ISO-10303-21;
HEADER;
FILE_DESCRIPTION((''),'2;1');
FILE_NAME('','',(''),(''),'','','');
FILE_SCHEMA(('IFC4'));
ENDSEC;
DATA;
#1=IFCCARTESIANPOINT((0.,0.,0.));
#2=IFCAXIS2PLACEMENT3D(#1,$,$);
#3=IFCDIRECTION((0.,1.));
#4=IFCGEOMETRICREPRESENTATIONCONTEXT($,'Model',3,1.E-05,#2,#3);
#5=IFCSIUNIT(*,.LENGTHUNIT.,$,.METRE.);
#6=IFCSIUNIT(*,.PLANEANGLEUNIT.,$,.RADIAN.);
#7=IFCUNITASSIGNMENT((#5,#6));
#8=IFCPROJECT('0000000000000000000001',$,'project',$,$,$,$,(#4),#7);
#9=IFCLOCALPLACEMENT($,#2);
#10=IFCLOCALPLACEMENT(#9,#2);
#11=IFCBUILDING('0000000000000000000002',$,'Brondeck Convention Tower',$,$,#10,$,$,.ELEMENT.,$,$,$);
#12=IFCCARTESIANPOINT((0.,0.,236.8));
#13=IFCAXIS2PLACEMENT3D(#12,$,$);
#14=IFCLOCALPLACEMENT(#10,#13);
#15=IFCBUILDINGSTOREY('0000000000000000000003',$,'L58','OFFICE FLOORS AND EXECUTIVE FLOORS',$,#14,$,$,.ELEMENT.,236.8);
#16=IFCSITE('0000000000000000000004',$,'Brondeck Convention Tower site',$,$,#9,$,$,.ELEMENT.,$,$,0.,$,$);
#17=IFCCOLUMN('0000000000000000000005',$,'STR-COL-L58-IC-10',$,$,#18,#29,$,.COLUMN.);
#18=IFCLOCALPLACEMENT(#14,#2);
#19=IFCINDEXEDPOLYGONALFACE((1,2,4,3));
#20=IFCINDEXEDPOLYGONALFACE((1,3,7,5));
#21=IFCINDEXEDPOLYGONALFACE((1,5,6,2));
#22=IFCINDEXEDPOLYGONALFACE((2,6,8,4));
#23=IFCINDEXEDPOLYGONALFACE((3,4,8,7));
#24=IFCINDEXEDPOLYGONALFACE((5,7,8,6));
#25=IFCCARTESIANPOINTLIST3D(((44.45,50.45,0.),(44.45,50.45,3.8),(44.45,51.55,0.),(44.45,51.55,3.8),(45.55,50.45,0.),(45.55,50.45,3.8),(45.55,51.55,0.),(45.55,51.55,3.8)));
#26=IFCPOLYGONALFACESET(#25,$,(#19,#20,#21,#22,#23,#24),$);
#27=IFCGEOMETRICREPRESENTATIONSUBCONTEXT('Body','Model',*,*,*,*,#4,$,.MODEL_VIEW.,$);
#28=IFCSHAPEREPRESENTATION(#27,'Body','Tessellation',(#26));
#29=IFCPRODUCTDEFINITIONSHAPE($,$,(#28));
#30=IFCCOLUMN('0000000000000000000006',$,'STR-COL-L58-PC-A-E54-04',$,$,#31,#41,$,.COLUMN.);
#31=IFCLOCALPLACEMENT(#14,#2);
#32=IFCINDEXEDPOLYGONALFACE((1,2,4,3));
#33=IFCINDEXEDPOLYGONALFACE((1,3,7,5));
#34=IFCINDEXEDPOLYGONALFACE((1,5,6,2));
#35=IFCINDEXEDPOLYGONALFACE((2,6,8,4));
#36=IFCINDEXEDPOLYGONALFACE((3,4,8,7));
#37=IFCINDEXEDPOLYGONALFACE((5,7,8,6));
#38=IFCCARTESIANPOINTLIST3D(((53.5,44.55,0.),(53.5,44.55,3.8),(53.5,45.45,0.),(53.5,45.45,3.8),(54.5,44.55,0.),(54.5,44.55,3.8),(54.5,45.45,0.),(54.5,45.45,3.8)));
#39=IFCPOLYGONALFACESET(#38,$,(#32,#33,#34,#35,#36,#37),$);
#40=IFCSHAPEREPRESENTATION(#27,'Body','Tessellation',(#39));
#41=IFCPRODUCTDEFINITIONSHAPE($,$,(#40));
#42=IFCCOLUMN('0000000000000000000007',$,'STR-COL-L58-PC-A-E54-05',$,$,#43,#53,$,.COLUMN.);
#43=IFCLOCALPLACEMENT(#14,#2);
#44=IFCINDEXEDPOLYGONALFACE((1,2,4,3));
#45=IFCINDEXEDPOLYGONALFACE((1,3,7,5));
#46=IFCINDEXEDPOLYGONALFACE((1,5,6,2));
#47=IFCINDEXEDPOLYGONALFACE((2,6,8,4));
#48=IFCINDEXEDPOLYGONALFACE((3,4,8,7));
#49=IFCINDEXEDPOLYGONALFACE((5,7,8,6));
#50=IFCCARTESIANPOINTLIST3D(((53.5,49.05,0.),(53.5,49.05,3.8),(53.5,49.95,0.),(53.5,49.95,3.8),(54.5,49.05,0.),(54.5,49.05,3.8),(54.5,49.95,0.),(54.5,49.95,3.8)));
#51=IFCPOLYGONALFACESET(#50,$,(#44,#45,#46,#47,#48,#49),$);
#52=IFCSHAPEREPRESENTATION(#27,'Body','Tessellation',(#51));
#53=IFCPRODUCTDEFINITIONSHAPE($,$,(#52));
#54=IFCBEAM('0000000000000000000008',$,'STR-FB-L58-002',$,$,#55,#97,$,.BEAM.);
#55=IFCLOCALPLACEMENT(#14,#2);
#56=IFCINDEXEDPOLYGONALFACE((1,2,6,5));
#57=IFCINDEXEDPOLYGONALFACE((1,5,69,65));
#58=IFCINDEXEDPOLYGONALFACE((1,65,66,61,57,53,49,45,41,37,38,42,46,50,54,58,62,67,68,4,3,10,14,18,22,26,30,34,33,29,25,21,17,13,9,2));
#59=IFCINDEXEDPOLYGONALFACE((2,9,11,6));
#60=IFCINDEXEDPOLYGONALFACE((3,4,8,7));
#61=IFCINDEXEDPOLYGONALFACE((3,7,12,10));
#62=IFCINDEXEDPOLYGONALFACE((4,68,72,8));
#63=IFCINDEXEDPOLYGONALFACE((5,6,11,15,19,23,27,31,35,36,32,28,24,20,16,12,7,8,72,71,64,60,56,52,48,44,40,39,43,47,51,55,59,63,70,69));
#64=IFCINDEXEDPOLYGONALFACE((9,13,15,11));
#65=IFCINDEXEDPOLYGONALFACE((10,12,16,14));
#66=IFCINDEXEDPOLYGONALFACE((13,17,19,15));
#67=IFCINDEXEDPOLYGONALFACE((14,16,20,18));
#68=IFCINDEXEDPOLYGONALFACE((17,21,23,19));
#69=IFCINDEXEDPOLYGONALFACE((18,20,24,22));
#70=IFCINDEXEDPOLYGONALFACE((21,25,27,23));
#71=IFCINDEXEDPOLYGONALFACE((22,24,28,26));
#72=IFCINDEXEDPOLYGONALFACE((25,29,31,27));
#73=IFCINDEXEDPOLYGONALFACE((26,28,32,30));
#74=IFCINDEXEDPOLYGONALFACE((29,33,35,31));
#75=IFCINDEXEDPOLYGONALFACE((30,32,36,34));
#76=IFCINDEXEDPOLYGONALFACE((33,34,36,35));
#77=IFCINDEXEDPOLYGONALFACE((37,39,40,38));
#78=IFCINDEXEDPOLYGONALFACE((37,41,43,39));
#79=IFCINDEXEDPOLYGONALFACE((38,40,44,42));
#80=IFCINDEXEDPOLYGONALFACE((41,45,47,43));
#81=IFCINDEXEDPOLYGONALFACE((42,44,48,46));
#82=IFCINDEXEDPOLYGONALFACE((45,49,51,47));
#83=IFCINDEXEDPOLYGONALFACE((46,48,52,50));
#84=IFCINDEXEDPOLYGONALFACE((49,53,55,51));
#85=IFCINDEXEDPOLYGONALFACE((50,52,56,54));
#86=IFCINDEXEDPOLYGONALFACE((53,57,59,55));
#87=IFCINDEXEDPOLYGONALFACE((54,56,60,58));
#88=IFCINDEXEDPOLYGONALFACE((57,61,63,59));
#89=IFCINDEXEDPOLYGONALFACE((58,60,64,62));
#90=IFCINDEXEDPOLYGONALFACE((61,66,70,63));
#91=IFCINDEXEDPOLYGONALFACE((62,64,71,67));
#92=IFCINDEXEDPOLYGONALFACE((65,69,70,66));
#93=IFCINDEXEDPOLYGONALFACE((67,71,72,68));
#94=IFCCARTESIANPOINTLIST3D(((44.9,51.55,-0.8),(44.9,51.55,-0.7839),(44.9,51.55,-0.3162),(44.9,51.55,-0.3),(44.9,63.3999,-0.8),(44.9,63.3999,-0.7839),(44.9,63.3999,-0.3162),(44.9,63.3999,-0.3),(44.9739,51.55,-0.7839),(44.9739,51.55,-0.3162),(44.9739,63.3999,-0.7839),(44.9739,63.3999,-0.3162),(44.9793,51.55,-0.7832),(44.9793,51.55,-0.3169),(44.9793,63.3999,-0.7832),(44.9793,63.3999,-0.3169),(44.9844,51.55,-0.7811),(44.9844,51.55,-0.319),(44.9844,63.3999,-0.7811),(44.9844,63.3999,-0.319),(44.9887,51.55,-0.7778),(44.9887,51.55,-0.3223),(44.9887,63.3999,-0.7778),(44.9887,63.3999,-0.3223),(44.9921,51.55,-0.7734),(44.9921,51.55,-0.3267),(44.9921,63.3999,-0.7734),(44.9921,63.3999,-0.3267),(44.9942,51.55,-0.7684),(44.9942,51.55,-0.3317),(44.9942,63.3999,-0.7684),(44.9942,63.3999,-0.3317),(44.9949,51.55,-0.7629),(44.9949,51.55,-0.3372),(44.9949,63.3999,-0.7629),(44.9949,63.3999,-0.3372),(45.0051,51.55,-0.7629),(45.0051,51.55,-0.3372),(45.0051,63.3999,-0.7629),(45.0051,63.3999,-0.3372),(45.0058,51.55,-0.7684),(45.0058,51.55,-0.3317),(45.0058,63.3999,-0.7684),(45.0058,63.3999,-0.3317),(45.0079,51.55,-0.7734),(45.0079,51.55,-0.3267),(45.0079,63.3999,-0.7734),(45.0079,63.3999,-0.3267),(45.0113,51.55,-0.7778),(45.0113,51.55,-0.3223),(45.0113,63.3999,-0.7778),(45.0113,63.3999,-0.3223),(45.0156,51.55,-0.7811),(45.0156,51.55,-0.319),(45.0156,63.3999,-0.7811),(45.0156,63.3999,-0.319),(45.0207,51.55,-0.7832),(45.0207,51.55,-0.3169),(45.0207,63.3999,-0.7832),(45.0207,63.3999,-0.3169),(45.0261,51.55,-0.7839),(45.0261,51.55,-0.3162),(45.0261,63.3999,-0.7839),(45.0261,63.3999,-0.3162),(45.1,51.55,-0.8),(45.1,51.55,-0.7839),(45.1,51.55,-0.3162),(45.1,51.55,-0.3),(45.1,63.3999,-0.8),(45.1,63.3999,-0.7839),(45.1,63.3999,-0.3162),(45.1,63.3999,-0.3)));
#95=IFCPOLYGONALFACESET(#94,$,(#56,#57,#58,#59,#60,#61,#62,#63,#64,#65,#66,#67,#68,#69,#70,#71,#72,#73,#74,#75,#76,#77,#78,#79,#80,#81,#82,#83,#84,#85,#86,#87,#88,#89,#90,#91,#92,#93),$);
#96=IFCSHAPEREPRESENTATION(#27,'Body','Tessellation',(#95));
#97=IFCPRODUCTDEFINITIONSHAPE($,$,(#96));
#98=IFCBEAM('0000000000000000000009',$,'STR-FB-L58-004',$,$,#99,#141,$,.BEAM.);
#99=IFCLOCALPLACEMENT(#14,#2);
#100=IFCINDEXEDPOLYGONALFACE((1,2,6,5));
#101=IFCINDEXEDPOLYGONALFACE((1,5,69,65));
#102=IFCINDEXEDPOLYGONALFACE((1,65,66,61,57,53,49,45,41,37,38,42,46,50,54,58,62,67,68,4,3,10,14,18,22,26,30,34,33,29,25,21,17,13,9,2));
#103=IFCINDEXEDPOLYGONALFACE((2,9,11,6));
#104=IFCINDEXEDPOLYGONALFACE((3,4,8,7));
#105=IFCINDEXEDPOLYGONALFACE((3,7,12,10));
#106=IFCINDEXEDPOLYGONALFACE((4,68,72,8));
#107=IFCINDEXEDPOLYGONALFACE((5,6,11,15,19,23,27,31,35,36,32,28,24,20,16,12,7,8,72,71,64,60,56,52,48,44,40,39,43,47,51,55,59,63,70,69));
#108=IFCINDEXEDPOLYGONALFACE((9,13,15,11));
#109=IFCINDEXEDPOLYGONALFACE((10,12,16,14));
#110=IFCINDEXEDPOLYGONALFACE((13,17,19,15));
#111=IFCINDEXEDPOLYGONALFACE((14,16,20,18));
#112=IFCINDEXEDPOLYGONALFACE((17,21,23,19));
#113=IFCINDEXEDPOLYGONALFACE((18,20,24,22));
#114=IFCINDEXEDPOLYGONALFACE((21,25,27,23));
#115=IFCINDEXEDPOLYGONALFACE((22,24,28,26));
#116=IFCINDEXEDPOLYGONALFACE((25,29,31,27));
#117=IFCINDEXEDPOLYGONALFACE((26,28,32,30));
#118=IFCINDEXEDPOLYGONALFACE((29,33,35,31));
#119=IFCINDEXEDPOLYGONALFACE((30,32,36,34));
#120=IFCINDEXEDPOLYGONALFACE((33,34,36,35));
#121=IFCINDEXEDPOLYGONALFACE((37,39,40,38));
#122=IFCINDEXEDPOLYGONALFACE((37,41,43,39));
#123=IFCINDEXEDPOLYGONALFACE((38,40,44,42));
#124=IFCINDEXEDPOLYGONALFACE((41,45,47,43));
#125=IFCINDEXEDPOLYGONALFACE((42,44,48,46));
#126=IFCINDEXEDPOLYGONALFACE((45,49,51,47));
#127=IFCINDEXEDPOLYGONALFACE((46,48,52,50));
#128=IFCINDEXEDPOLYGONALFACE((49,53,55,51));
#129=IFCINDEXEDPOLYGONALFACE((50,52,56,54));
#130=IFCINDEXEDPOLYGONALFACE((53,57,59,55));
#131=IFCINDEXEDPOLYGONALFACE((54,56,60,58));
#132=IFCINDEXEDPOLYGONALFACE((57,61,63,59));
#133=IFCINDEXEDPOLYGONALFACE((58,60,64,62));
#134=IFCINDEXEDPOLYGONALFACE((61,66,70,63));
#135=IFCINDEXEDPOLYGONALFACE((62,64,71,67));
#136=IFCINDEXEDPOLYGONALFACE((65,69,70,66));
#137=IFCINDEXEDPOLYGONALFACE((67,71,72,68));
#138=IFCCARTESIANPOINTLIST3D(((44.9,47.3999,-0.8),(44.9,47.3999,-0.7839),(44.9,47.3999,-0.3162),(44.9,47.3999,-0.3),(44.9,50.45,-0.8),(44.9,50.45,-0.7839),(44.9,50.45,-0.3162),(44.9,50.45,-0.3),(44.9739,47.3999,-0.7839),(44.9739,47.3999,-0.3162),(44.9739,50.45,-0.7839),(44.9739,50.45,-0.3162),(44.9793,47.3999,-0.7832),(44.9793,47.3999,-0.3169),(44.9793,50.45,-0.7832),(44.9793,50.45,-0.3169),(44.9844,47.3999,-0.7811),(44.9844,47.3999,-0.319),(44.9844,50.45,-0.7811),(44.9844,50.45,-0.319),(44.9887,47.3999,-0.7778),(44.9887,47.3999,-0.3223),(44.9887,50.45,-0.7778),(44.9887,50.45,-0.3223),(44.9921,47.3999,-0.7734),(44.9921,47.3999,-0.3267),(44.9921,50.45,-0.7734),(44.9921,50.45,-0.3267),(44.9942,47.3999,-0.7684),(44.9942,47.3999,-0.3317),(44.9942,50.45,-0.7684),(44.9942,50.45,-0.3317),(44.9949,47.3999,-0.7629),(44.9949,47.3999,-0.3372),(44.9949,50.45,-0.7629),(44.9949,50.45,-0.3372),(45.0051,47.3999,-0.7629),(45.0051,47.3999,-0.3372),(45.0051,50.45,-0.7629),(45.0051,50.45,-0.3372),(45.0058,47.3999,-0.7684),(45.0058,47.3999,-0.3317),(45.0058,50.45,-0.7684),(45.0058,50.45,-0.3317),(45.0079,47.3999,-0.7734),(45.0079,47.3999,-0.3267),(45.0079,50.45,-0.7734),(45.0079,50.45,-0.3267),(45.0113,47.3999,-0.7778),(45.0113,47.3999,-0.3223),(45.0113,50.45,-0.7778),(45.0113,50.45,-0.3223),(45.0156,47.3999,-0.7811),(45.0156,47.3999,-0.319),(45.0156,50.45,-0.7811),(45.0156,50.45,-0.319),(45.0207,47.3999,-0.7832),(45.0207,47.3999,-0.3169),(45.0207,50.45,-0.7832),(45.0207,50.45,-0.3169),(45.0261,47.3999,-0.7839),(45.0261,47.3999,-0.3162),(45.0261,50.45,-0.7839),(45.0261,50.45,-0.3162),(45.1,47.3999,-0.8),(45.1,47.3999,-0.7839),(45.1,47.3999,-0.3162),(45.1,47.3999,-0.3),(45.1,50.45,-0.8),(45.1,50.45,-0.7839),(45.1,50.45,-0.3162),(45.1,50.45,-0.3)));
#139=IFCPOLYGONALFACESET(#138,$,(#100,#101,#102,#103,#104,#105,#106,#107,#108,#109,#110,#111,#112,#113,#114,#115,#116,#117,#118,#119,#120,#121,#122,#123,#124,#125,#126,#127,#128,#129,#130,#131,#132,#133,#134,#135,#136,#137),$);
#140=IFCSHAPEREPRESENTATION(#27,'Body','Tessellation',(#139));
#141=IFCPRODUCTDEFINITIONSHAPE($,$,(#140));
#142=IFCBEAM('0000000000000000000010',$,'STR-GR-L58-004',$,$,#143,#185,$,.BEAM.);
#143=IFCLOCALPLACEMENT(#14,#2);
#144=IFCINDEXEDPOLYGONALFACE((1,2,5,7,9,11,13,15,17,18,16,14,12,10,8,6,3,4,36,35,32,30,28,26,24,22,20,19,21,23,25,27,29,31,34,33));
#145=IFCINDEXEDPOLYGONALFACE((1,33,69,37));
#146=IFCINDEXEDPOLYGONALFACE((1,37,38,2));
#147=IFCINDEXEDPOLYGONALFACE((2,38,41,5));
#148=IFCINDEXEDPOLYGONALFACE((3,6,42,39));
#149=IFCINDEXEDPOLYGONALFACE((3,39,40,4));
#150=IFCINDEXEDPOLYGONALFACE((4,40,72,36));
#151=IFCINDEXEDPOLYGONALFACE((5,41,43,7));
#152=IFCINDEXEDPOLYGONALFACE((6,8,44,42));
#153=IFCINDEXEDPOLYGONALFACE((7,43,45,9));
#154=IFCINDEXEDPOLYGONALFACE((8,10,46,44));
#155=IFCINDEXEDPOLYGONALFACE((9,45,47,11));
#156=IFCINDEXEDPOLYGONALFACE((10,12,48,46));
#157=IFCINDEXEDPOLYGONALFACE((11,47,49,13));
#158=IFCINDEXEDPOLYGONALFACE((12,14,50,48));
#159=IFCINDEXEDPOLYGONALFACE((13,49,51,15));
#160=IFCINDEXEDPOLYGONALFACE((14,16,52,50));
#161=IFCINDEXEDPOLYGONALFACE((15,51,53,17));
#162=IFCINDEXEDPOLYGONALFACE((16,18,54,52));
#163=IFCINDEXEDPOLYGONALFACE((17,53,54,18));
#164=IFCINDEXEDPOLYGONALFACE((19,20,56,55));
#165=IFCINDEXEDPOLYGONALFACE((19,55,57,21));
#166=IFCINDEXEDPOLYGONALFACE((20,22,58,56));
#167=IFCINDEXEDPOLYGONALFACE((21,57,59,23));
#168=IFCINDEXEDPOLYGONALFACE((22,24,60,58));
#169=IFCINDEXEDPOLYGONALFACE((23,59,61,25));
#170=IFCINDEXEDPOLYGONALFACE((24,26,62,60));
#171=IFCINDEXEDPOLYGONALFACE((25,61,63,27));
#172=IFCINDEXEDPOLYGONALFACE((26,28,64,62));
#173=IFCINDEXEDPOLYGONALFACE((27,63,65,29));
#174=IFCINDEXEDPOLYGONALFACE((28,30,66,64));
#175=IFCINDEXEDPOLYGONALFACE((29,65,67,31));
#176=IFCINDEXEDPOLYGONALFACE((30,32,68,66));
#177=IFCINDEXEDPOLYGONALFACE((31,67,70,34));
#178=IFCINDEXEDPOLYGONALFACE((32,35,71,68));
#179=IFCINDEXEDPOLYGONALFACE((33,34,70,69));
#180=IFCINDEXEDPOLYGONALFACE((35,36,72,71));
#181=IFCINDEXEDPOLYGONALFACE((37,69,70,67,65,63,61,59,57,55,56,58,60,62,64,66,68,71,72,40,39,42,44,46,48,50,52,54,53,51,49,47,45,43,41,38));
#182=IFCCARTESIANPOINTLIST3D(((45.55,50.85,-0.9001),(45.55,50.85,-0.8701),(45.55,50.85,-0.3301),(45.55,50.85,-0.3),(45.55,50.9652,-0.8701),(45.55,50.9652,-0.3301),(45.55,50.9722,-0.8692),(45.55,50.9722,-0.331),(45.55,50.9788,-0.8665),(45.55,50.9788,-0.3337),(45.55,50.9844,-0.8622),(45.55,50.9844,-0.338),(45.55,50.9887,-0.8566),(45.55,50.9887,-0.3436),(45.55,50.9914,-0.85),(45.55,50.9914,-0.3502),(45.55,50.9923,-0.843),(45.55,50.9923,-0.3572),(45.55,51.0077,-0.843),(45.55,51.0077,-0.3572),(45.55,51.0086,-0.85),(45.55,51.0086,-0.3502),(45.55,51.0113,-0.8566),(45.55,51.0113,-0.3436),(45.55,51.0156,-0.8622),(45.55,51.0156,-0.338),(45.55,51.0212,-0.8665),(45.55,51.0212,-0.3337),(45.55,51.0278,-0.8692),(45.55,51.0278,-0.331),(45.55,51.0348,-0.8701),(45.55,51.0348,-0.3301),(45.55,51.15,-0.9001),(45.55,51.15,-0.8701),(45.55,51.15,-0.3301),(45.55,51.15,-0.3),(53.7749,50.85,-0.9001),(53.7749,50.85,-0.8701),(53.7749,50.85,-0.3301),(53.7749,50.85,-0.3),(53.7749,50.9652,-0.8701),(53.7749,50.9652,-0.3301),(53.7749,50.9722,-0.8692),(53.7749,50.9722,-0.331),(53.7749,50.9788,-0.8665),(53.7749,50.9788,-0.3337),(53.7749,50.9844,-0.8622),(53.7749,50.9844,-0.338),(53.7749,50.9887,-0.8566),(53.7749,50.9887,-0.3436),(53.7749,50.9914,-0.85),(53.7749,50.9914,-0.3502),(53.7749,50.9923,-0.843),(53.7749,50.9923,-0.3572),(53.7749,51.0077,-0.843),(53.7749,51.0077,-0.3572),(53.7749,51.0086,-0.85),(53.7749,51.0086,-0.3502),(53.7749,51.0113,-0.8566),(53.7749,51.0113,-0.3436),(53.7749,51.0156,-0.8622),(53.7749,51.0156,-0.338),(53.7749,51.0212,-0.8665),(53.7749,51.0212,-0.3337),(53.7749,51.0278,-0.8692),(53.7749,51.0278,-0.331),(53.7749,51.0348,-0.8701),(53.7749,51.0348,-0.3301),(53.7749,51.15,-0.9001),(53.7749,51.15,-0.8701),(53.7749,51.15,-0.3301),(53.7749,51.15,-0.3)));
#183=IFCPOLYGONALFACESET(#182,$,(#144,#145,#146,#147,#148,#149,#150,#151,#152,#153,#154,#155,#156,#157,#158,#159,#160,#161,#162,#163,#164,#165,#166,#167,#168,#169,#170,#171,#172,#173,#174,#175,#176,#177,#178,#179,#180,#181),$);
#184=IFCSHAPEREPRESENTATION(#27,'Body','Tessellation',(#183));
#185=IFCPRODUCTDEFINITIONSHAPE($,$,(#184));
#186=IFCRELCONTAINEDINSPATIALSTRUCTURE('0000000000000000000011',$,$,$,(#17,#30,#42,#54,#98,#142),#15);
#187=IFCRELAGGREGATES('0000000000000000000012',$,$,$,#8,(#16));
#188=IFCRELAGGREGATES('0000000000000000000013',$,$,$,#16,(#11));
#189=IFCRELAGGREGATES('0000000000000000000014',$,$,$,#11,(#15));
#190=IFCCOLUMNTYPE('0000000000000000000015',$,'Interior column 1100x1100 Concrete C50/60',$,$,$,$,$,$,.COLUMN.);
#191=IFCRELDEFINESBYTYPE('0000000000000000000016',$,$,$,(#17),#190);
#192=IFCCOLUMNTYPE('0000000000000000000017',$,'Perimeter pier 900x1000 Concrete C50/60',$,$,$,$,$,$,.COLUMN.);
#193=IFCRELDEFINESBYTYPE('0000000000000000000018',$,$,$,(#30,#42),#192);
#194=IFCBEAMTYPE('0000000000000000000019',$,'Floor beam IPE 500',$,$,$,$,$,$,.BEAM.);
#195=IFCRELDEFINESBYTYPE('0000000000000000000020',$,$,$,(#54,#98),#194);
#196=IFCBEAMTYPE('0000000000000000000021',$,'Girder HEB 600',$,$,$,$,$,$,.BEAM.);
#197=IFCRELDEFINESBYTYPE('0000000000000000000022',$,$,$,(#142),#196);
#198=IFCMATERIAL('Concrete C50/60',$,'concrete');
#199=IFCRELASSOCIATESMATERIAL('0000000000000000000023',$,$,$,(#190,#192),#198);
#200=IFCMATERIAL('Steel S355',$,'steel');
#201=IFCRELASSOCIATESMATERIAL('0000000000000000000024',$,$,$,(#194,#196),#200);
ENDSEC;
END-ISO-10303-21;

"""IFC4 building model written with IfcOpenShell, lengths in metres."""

from ifc_helpers import new_model, si_unit, direction, frame, origin, origin_2d, place, context, subcontext, project, spatial, rectangle, i_section, extrude, material, material_profile, profile_set, type_object, element, save


model = new_model("IFC4")

# Units and contexts
model_context = context("Model", 3, precision=1e-05, world=origin(), true_north=direction((0.0, 1.0)))
body_context = subcontext(model_context, "Body", "Model", "MODEL_VIEW")
ifc_project = project(units=[si_unit("LENGTHUNIT", "METRE"), si_unit("PLANEANGLEUNIT", "RADIAN")], contexts=[model_context])

# Site, building, storey
site_placement = place(None, origin())
site = spatial("IfcSite", under=ifc_project, at=site_placement, Name="Brondeck Convention Tower site", CompositionType="ELEMENT", RefElevation=0.0)
building_placement = place(site_placement, origin())
building = spatial("IfcBuilding", under=site, at=building_placement, Name="Brondeck Convention Tower", CompositionType="ELEMENT")
storey_placement = place(building_placement, frame((0.0, 0.0, 236.8)))
storey = spatial("IfcBuildingStorey", under=building, at=storey_placement, Name="L58", Description="OFFICE FLOORS AND EXECUTIVE FLOORS", CompositionType="ELEMENT", Elevation=236.8)

# Columns
ifc_material_1 = material(Name="Concrete C50/60", Category="concrete")
ifc_material_profile_1 = material_profile(ifc_material_1, rectangle(XDim=1.1001, YDim=1.1001, at=origin_2d()), Name="Interior column 1100x1100 Concrete C50/60")
ifc_profile_set_1 = profile_set([ifc_material_profile_1], Name="Concrete C50/60")
column_type_1 = type_object("IfcColumnType", Name="Interior column 1100x1100 Concrete C50/60", PredefinedType="COLUMN", material=ifc_profile_set_1)
column_placement = place(storey_placement, frame((45.0, 51.0, 0.0), z_axis=(0.0, 0.0, 1.0), x_axis=(1.0, 0.0, 0.0)))
element("IfcColumn", 1, at=column_placement, inside=storey, type_object=column_type_1, Name="STR-COL-L58-IC-10", PredefinedType="COLUMN", context=body_context, shape_type="SweptSolid", body=[
    extrude(rectangle(XDim=1.1001, YDim=1.1001, at=origin_2d()), origin(), (0.0, 0.0, 1.0), 3.8),
])
ifc_material_profile_2 = material_profile(ifc_material_1, rectangle(XDim=0.8999, YDim=1.0, at=origin_2d()), Name="Perimeter pier 900x1000 Concrete C50/60")
ifc_profile_set_2 = profile_set([ifc_material_profile_2], Name="Concrete C50/60")
column_type_2 = type_object("IfcColumnType", Name="Perimeter pier 900x1000 Concrete C50/60", PredefinedType="COLUMN", material=ifc_profile_set_2)
for number, where, z_axis, x_axis, name in (
    (2, (54.0, 45.0, 0.0), (0.0, 0.0, 1.0), (0.0, 1.0, 0.0), "STR-COL-L58-PC-A-E54-04"),
    (3, (54.0, 49.5, 0.0), (0.0, 0.0, 1.0), (0.0, 1.0, 0.0), "STR-COL-L58-PC-A-E54-05"),
):
    element("IfcColumn", number, at=place(storey_placement, frame(where, z_axis=z_axis, x_axis=x_axis)), inside=storey, type_object=column_type_2, Name=name, PredefinedType="COLUMN", context=body_context, shape_type="SweptSolid", body=[
        extrude(rectangle(XDim=0.8999, YDim=1.0, at=origin_2d()), origin(), (0.0, 0.0, 1.0), 3.8),
    ])

# Beams
ifc_material_2 = material(Name="Steel S355", Category="steel")
ifc_material_profile_3 = material_profile(ifc_material_2, i_section(OverallWidth=0.2, OverallDepth=0.5, WebThickness=0.0103, FlangeThickness=0.0161, FilletRadius=0.021, at=origin_2d()), Name="IPE 500")
ifc_profile_set_3 = profile_set([ifc_material_profile_3], Name="Steel S355")
beam_type_1 = type_object("IfcBeamType", Name="Floor beam IPE 500", PredefinedType="BEAM", material=ifc_profile_set_3)
beam_1_placement = place(storey_placement, frame((45.0, 51.55, -0.55), z_axis=(0.0, 1.0, 0.0), x_axis=(-1.0, 0.0, 0.0)))
element("IfcBeam", 4, at=beam_1_placement, inside=storey, type_object=beam_type_1, Name="STR-FB-L58-002", PredefinedType="BEAM", context=body_context, shape_type="SweptSolid", body=[
    extrude(i_section(OverallWidth=0.2, OverallDepth=0.5, WebThickness=0.0103, FlangeThickness=0.0161, FilletRadius=0.021, at=origin_2d()), origin(), (0.0, 0.0, 1.0), 11.8499),
])
beam_2_placement = place(storey_placement, frame((45.0, 47.3999, -0.55), z_axis=(0.0, 1.0, 0.0), x_axis=(-1.0, 0.0, 0.0)))
element("IfcBeam", 5, at=beam_2_placement, inside=storey, type_object=beam_type_1, Name="STR-FB-L58-004", PredefinedType="BEAM", context=body_context, shape_type="SweptSolid", body=[
    extrude(i_section(OverallWidth=0.2, OverallDepth=0.5, WebThickness=0.0103, FlangeThickness=0.0161, FilletRadius=0.021, at=origin_2d()), origin(), (0.0, 0.0, 1.0), 3.05),
])
ifc_material_profile_4 = material_profile(ifc_material_2, i_section(OverallWidth=0.3, OverallDepth=0.6001, WebThickness=0.0154, FlangeThickness=0.03, FilletRadius=0.0271, at=origin_2d()), Name="HEB 600")
ifc_profile_set_4 = profile_set([ifc_material_profile_4], Name="Steel S355")
beam_type_2 = type_object("IfcBeamType", Name="Girder HEB 600", PredefinedType="BEAM", material=ifc_profile_set_4)
beam_3_placement = place(storey_placement, frame((45.55, 51.0, -0.6001), z_axis=(1.0, 0.0, 0.0), x_axis=(0.0, 1.0, 0.0)))
element("IfcBeam", 6, at=beam_3_placement, inside=storey, type_object=beam_type_2, Name="STR-GR-L58-004", PredefinedType="BEAM", context=body_context, shape_type="SweptSolid", body=[
    extrude(i_section(OverallWidth=0.3, OverallDepth=0.6001, WebThickness=0.0154, FlangeThickness=0.03, FilletRadius=0.0271, at=origin_2d()), origin(), (0.0, 0.0, 1.0), 8.2249),
])

save(model, "model.ifc")
